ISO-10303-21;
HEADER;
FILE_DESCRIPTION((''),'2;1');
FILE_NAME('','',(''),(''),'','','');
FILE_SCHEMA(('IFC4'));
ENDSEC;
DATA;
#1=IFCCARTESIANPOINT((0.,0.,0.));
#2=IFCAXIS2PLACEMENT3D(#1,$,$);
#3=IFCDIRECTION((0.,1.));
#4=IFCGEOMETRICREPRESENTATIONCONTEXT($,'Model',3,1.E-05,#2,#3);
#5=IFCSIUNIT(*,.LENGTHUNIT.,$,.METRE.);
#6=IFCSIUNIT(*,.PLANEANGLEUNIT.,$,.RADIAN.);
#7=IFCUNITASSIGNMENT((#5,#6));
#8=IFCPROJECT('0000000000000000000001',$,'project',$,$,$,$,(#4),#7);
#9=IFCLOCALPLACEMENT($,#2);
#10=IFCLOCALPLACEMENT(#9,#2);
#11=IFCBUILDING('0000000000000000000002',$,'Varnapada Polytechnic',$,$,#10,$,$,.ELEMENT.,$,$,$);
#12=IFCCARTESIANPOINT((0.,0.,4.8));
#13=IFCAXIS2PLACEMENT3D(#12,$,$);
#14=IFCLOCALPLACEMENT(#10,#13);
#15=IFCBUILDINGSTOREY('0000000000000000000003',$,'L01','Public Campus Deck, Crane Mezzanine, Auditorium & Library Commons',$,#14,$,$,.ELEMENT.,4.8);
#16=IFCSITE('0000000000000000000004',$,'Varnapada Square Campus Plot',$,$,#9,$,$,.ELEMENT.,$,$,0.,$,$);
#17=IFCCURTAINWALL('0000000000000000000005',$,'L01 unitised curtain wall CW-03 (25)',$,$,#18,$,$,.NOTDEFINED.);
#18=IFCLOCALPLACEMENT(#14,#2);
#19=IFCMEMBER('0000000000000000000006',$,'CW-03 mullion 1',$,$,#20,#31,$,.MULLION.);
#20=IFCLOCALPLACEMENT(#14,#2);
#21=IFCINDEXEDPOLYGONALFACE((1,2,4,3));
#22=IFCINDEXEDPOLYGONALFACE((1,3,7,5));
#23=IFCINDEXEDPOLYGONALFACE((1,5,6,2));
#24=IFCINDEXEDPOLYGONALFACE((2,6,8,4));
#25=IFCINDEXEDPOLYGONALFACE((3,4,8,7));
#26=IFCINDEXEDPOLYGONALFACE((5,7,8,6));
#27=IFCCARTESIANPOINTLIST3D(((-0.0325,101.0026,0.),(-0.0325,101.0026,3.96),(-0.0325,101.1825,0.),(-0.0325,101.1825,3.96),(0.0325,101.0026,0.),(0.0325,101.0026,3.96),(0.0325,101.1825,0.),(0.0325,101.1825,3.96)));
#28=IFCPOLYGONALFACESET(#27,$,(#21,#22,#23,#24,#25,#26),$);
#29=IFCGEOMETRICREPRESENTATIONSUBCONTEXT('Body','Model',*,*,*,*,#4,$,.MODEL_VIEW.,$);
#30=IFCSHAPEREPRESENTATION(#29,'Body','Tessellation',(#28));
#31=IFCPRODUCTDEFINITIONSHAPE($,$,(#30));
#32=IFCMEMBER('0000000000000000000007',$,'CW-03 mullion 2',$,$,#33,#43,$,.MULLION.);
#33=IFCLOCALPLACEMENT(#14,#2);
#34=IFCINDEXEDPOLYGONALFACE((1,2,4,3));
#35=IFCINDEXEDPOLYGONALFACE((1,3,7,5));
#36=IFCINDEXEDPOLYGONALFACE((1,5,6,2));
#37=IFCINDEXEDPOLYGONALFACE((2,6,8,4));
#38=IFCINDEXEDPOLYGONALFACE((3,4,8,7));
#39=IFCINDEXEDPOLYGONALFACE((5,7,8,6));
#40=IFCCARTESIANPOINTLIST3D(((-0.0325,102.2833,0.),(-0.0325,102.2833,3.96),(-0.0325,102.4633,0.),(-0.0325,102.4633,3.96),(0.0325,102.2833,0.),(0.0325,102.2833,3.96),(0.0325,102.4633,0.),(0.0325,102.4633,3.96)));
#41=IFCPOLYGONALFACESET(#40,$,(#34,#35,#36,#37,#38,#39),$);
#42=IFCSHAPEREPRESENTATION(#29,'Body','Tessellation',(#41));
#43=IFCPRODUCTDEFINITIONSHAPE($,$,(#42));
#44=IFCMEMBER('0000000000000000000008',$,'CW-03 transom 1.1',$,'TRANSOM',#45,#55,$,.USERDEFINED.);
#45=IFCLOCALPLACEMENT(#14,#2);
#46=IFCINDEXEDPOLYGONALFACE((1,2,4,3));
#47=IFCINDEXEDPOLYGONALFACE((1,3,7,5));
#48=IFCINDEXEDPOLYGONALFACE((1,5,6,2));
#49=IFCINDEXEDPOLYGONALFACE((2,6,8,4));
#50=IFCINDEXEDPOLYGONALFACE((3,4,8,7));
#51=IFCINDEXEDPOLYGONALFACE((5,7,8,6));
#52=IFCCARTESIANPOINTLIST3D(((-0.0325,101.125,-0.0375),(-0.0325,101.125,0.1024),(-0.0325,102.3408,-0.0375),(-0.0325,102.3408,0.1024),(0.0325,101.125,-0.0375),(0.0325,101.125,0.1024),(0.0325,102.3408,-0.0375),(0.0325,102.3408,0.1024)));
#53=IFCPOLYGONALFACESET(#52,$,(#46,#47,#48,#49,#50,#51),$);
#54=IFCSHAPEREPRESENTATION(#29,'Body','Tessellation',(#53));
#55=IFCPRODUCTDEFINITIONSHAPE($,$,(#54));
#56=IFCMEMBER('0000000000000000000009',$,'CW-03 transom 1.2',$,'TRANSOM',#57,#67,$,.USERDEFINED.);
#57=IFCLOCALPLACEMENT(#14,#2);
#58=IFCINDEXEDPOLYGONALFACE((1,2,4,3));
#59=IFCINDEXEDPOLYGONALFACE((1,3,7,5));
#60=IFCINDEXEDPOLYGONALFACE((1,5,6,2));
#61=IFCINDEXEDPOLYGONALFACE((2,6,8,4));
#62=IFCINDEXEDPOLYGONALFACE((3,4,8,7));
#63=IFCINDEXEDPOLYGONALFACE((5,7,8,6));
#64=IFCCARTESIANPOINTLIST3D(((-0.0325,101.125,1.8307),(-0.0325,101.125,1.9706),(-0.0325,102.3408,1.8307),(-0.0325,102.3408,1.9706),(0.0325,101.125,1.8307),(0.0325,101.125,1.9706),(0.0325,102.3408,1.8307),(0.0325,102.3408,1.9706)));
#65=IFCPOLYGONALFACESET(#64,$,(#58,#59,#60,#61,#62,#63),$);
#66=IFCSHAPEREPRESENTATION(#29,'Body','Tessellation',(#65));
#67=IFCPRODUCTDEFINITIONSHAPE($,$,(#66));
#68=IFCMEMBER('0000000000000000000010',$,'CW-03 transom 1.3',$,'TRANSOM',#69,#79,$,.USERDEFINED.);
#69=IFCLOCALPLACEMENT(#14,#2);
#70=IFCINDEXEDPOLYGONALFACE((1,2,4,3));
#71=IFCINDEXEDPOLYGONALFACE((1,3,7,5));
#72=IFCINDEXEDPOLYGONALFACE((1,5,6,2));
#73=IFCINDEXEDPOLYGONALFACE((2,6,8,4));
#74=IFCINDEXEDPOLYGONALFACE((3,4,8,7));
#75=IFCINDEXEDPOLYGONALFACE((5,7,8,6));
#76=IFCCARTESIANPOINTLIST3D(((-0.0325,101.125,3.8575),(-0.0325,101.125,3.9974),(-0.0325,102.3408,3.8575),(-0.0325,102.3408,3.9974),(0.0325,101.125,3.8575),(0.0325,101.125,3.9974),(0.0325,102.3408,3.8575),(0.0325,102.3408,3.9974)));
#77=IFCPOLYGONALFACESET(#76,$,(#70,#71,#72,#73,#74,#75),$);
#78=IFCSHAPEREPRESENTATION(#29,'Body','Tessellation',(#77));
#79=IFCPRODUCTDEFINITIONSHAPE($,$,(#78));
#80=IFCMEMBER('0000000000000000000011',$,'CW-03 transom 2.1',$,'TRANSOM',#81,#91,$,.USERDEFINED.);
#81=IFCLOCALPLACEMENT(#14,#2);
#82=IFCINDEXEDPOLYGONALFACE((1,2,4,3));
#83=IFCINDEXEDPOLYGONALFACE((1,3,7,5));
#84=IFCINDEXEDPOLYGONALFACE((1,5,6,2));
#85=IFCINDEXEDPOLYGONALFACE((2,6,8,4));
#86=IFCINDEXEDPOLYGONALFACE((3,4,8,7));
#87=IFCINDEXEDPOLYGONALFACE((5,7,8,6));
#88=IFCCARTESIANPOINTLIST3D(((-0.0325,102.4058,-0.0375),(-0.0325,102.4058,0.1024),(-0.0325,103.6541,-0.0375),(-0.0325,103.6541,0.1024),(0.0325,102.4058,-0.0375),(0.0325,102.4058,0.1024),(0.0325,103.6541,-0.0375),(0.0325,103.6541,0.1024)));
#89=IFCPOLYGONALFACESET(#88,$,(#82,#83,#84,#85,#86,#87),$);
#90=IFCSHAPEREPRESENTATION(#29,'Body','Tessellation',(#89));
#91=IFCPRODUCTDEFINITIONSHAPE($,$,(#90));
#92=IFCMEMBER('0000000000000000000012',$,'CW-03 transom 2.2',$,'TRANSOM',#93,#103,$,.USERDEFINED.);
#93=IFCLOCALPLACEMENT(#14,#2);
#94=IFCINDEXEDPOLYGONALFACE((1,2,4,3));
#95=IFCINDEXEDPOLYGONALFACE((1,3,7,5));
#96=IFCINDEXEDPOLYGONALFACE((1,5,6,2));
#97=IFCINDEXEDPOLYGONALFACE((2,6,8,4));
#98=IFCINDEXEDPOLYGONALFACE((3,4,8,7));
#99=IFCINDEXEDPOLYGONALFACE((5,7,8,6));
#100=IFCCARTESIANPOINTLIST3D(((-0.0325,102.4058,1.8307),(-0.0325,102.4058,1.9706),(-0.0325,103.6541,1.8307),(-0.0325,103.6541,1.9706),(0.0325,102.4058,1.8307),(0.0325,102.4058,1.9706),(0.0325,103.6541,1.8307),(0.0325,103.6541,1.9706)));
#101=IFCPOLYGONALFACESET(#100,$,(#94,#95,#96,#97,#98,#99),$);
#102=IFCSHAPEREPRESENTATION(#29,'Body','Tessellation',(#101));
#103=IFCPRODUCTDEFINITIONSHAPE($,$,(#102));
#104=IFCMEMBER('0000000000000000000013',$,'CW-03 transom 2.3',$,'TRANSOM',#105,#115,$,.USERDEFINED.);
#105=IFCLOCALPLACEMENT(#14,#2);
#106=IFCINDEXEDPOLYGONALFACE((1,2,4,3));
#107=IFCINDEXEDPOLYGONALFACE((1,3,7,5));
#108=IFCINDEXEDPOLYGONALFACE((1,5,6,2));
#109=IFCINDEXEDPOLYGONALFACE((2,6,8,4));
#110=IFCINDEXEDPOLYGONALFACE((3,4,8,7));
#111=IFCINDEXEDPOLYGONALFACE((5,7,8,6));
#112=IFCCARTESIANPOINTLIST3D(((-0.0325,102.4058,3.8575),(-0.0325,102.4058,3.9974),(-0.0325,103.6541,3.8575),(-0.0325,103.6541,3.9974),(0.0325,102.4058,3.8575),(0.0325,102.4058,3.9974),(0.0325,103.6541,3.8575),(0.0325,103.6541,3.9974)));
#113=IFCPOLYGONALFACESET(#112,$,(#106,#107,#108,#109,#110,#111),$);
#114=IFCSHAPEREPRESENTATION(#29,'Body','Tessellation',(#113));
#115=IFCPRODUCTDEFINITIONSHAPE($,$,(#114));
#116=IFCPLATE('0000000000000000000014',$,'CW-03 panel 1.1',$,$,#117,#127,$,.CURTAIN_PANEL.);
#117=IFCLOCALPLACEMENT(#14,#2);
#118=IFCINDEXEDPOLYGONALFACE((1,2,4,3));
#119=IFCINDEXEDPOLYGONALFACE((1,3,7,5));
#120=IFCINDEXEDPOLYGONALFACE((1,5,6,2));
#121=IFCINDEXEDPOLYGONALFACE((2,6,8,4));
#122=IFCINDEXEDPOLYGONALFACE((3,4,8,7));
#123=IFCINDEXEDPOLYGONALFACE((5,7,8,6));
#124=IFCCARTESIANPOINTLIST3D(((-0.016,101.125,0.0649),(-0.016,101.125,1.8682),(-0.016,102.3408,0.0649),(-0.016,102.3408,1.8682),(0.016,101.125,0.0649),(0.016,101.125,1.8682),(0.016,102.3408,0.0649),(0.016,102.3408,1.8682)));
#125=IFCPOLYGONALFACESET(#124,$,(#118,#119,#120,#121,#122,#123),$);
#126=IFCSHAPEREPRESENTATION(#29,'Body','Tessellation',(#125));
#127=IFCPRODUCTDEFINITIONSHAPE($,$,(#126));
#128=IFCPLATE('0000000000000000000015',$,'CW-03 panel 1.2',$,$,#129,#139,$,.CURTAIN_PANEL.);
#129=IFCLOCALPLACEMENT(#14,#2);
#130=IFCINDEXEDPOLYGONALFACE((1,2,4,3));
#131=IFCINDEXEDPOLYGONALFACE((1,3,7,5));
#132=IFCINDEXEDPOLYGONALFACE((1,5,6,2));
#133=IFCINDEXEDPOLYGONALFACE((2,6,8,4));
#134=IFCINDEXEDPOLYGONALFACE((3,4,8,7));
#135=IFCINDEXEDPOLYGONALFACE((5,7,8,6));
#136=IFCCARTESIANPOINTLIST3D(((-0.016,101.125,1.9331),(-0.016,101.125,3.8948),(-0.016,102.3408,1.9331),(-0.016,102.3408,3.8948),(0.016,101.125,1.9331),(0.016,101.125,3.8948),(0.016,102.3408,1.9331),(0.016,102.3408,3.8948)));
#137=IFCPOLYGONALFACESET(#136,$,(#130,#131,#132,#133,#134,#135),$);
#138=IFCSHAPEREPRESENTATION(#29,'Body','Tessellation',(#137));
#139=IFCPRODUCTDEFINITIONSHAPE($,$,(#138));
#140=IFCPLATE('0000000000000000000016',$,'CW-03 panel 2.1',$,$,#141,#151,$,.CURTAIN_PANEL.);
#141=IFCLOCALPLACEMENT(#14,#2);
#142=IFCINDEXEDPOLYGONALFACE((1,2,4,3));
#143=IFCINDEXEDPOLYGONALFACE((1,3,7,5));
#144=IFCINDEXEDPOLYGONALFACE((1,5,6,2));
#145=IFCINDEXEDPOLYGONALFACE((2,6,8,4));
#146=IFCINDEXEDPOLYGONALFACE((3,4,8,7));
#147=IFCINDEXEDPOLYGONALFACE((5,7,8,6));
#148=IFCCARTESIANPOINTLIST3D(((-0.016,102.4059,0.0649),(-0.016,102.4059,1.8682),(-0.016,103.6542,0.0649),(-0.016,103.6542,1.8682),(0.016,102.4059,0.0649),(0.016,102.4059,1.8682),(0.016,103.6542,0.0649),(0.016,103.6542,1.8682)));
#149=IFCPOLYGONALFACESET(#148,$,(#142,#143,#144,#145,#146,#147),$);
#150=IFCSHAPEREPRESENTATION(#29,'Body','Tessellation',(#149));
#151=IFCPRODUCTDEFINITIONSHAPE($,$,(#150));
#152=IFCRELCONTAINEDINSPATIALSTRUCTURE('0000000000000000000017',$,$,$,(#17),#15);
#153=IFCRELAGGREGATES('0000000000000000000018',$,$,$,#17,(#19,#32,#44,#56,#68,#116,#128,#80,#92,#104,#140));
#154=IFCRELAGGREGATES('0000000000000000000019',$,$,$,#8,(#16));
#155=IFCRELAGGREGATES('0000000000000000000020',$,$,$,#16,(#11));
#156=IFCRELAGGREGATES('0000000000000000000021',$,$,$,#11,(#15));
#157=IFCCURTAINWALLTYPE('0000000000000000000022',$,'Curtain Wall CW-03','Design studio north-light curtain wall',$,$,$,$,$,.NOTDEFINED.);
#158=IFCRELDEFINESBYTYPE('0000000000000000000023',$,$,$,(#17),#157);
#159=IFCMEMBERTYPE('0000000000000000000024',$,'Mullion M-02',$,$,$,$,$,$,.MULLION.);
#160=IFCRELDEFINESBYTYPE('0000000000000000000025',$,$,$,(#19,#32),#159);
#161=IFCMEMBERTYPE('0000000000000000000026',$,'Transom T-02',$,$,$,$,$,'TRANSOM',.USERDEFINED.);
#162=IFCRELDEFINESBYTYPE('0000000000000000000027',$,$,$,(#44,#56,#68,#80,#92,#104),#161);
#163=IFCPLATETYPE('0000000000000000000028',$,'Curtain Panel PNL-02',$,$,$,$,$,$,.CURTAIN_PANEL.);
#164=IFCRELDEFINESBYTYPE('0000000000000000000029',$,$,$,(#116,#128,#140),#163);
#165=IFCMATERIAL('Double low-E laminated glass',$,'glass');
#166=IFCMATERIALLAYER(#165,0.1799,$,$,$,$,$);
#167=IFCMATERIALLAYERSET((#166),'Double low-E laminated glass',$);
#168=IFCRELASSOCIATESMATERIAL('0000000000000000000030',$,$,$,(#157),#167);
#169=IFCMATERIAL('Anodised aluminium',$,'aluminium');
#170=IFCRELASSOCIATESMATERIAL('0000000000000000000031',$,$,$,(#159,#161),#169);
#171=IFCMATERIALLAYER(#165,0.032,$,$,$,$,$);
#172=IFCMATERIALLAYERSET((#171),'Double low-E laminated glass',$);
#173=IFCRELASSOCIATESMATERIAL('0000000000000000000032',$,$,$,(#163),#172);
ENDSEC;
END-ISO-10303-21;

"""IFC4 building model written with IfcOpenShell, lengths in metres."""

from ifc_helpers import new_model, si_unit, direction, frame, origin, origin_2d, place, context, subcontext, project, spatial, rectangle, extrude, material, layer, layer_set, material_profile, profile_set, type_object, element, aggregate, save


model = new_model("IFC4")

# Units and contexts
model_context = context("Model", 3, precision=1e-05, world=origin(), true_north=direction((0.0, 1.0)))
body_context = subcontext(model_context, "Body", "Model", "MODEL_VIEW")
ifc_project = project(units=[si_unit("LENGTHUNIT", "METRE"), si_unit("PLANEANGLEUNIT", "RADIAN")], contexts=[model_context])

# Site, building, storey
site_placement = place(None, origin())
site = spatial("IfcSite", under=ifc_project, at=site_placement, Name="Varnapada Square Campus Plot", CompositionType="ELEMENT", RefElevation=0.0)
building_placement = place(site_placement, origin())
building = spatial("IfcBuilding", under=site, at=building_placement, Name="Varnapada Polytechnic", CompositionType="ELEMENT")
storey_placement = place(building_placement, frame((0.0, 0.0, 4.8)))
storey = spatial("IfcBuildingStorey", under=building, at=storey_placement, Name="L01", Description="Public Campus Deck, Crane Mezzanine, Auditorium & Library Commons", CompositionType="ELEMENT", Elevation=4.8)

# Curtain wall, members, plates
ifc_material_1 = material(Name="Double low-E laminated glass", Category="glass")
ifc_layer_1 = layer(ifc_material_1, 0.1799)
ifc_layer_set_1 = layer_set([ifc_layer_1], Name="Double low-E laminated glass")
curtain_wall_type = type_object("IfcCurtainWallType", Name="Curtain Wall CW-03", Description="Design studio north-light curtain wall", PredefinedType="NOTDEFINED", material=ifc_layer_set_1)
curtain_wall_placement = place(storey_placement, origin())
curtain_wall = element("IfcCurtainWall", 1, at=curtain_wall_placement, inside=storey, type_object=curtain_wall_type, Name="L01 unitised curtain wall CW-03 (25)", PredefinedType="NOTDEFINED")
ifc_material_2 = material(Name="Anodised aluminium", Category="aluminium")
ifc_material_profile_1 = material_profile(ifc_material_2, rectangle(XDim=0.0649, YDim=0.1799, at=origin_2d()), Name="ALU M65x180")
ifc_profile_set_1 = profile_set([ifc_material_profile_1], Name="Anodised aluminium")
member_type_1 = type_object("IfcMemberType", Name="Mullion M-02", PredefinedType="MULLION", material=ifc_profile_set_1)
member_1_placement = place(storey_placement, frame((0.0, 101.0925, 0.0), z_axis=(0.0, 0.0, 1.0), x_axis=(-1.0, 0.0, 0.0)))
member_1 = element("IfcMember", 2, at=member_1_placement, type_object=member_type_1, Name="CW-03 mullion 1", PredefinedType="MULLION", context=body_context, shape_type="SweptSolid", body=[
    extrude(rectangle(XDim=0.0649, YDim=0.1799, at=origin_2d()), origin(), (0.0, 0.0, 1.0), 3.96),
])
member_2_placement = place(storey_placement, frame((0.0, 102.3733, 0.0), z_axis=(0.0, 0.0, 1.0), x_axis=(-1.0, 0.0, 0.0)))
member_2 = element("IfcMember", 3, at=member_2_placement, type_object=member_type_1, Name="CW-03 mullion 2", PredefinedType="MULLION", context=body_context, shape_type="SweptSolid", body=[
    extrude(rectangle(XDim=0.0649, YDim=0.1799, at=origin_2d()), origin(), (0.0, 0.0, 1.0), 3.96),
])
ifc_material_profile_2 = material_profile(ifc_material_2, rectangle(XDim=0.0649, YDim=0.1399, at=origin_2d()), Name="ALU T65x140")
ifc_profile_set_2 = profile_set([ifc_material_profile_2], Name="Anodised aluminium")
member_type_2 = type_object("IfcMemberType", Name="Transom T-02", ElementType="TRANSOM", PredefinedType="USERDEFINED", material=ifc_profile_set_2)
member_3_placement = place(storey_placement, frame((0.0, 101.125, 0.0325), z_axis=(0.0, 1.0, 0.0), x_axis=(-1.0, 0.0, 0.0)))
member_3 = element("IfcMember", 4, at=member_3_placement, type_object=member_type_2, Name="CW-03 transom 1.1", ObjectType="TRANSOM", PredefinedType="USERDEFINED", context=body_context, shape_type="SweptSolid", body=[
    extrude(rectangle(XDim=0.0649, YDim=0.1399, at=origin_2d()), origin(), (0.0, 0.0, 1.0), 1.2158),
])
member_4_placement = place(storey_placement, frame((0.0, 101.125, 1.9006), z_axis=(0.0, 1.0, 0.0), x_axis=(-1.0, 0.0, 0.0)))
member_4 = element("IfcMember", 5, at=member_4_placement, type_object=member_type_2, Name="CW-03 transom 1.2", ObjectType="TRANSOM", PredefinedType="USERDEFINED", context=body_context, shape_type="SweptSolid", body=[
    extrude(rectangle(XDim=0.0649, YDim=0.1399, at=origin_2d()), origin(), (0.0, 0.0, 1.0), 1.2158),
])
member_5_placement = place(storey_placement, frame((0.0, 101.125, 3.9275), z_axis=(0.0, 1.0, 0.0), x_axis=(-1.0, 0.0, 0.0)))
member_5 = element("IfcMember", 6, at=member_5_placement, type_object=member_type_2, Name="CW-03 transom 1.3", ObjectType="TRANSOM", PredefinedType="USERDEFINED", context=body_context, shape_type="SweptSolid", body=[
    extrude(rectangle(XDim=0.0649, YDim=0.1399, at=origin_2d()), origin(), (0.0, 0.0, 1.0), 1.2158),
])
member_6_placement = place(storey_placement, frame((0.0, 102.4058, 0.0325), z_axis=(0.0, 1.0, 0.0), x_axis=(-1.0, 0.0, 0.0)))
member_6 = element("IfcMember", 7, at=member_6_placement, type_object=member_type_2, Name="CW-03 transom 2.1", ObjectType="TRANSOM", PredefinedType="USERDEFINED", context=body_context, shape_type="SweptSolid", body=[
    extrude(rectangle(XDim=0.0649, YDim=0.1399, at=origin_2d()), origin(), (0.0, 0.0, 1.0), 1.2483),
])
member_7_placement = place(storey_placement, frame((0.0, 102.4058, 1.9006), z_axis=(0.0, 1.0, 0.0), x_axis=(-1.0, 0.0, 0.0)))
member_7 = element("IfcMember", 8, at=member_7_placement, type_object=member_type_2, Name="CW-03 transom 2.2", ObjectType="TRANSOM", PredefinedType="USERDEFINED", context=body_context, shape_type="SweptSolid", body=[
    extrude(rectangle(XDim=0.0649, YDim=0.1399, at=origin_2d()), origin(), (0.0, 0.0, 1.0), 1.2483),
])
member_8_placement = place(storey_placement, frame((0.0, 102.4058, 3.9275), z_axis=(0.0, 1.0, 0.0), x_axis=(-1.0, 0.0, 0.0)))
member_8 = element("IfcMember", 9, at=member_8_placement, type_object=member_type_2, Name="CW-03 transom 2.3", ObjectType="TRANSOM", PredefinedType="USERDEFINED", context=body_context, shape_type="SweptSolid", body=[
    extrude(rectangle(XDim=0.0649, YDim=0.1399, at=origin_2d()), origin(), (0.0, 0.0, 1.0), 1.2483),
])
ifc_layer_2 = layer(ifc_material_1, 0.032)
ifc_layer_set_2 = layer_set([ifc_layer_2], Name="Double low-E laminated glass")
plate_type = type_object("IfcPlateType", Name="Curtain Panel PNL-02", PredefinedType="CURTAIN_PANEL", material=ifc_layer_set_2)
plate_1_placement = place(storey_placement, frame((0.0, 101.7329, 0.0649), z_axis=(0.0, 0.0, 1.0), x_axis=(0.0, 1.0, 0.0)))
plate_1 = element("IfcPlate", 10, at=plate_1_placement, type_object=plate_type, Name="CW-03 panel 1.1", PredefinedType="CURTAIN_PANEL", context=body_context, shape_type="SweptSolid", body=[
    extrude(rectangle(XDim=1.2158, YDim=0.032, at=origin_2d()), origin(), (0.0, 0.0, 1.0), 1.8032),
])
plate_2_placement = place(storey_placement, frame((0.0, 101.7329, 1.9331), z_axis=(0.0, 0.0, 1.0), x_axis=(0.0, 1.0, 0.0)))
plate_2 = element("IfcPlate", 11, at=plate_2_placement, type_object=plate_type, Name="CW-03 panel 1.2", PredefinedType="CURTAIN_PANEL", context=body_context, shape_type="SweptSolid", body=[
    extrude(rectangle(XDim=1.2158, YDim=0.032, at=origin_2d()), origin(), (0.0, 0.0, 1.0), 1.9617),
])
plate_3_placement = place(storey_placement, frame((0.0, 103.03, 0.0649), z_axis=(0.0, 0.0, 1.0), x_axis=(0.0, 1.0, 0.0)))
plate_3 = element("IfcPlate", 12, at=plate_3_placement, type_object=plate_type, Name="CW-03 panel 2.1", PredefinedType="CURTAIN_PANEL", context=body_context, shape_type="SweptSolid", body=[
    extrude(rectangle(XDim=1.2483, YDim=0.032, at=origin_2d()), origin(), (0.0, 0.0, 1.0), 1.8032),
])
aggregate(curtain_wall, [member_1, member_2, member_3, member_4, member_5, plate_1, plate_2, member_6, member_7, member_8, plate_3])

save(model, "model.ifc")
